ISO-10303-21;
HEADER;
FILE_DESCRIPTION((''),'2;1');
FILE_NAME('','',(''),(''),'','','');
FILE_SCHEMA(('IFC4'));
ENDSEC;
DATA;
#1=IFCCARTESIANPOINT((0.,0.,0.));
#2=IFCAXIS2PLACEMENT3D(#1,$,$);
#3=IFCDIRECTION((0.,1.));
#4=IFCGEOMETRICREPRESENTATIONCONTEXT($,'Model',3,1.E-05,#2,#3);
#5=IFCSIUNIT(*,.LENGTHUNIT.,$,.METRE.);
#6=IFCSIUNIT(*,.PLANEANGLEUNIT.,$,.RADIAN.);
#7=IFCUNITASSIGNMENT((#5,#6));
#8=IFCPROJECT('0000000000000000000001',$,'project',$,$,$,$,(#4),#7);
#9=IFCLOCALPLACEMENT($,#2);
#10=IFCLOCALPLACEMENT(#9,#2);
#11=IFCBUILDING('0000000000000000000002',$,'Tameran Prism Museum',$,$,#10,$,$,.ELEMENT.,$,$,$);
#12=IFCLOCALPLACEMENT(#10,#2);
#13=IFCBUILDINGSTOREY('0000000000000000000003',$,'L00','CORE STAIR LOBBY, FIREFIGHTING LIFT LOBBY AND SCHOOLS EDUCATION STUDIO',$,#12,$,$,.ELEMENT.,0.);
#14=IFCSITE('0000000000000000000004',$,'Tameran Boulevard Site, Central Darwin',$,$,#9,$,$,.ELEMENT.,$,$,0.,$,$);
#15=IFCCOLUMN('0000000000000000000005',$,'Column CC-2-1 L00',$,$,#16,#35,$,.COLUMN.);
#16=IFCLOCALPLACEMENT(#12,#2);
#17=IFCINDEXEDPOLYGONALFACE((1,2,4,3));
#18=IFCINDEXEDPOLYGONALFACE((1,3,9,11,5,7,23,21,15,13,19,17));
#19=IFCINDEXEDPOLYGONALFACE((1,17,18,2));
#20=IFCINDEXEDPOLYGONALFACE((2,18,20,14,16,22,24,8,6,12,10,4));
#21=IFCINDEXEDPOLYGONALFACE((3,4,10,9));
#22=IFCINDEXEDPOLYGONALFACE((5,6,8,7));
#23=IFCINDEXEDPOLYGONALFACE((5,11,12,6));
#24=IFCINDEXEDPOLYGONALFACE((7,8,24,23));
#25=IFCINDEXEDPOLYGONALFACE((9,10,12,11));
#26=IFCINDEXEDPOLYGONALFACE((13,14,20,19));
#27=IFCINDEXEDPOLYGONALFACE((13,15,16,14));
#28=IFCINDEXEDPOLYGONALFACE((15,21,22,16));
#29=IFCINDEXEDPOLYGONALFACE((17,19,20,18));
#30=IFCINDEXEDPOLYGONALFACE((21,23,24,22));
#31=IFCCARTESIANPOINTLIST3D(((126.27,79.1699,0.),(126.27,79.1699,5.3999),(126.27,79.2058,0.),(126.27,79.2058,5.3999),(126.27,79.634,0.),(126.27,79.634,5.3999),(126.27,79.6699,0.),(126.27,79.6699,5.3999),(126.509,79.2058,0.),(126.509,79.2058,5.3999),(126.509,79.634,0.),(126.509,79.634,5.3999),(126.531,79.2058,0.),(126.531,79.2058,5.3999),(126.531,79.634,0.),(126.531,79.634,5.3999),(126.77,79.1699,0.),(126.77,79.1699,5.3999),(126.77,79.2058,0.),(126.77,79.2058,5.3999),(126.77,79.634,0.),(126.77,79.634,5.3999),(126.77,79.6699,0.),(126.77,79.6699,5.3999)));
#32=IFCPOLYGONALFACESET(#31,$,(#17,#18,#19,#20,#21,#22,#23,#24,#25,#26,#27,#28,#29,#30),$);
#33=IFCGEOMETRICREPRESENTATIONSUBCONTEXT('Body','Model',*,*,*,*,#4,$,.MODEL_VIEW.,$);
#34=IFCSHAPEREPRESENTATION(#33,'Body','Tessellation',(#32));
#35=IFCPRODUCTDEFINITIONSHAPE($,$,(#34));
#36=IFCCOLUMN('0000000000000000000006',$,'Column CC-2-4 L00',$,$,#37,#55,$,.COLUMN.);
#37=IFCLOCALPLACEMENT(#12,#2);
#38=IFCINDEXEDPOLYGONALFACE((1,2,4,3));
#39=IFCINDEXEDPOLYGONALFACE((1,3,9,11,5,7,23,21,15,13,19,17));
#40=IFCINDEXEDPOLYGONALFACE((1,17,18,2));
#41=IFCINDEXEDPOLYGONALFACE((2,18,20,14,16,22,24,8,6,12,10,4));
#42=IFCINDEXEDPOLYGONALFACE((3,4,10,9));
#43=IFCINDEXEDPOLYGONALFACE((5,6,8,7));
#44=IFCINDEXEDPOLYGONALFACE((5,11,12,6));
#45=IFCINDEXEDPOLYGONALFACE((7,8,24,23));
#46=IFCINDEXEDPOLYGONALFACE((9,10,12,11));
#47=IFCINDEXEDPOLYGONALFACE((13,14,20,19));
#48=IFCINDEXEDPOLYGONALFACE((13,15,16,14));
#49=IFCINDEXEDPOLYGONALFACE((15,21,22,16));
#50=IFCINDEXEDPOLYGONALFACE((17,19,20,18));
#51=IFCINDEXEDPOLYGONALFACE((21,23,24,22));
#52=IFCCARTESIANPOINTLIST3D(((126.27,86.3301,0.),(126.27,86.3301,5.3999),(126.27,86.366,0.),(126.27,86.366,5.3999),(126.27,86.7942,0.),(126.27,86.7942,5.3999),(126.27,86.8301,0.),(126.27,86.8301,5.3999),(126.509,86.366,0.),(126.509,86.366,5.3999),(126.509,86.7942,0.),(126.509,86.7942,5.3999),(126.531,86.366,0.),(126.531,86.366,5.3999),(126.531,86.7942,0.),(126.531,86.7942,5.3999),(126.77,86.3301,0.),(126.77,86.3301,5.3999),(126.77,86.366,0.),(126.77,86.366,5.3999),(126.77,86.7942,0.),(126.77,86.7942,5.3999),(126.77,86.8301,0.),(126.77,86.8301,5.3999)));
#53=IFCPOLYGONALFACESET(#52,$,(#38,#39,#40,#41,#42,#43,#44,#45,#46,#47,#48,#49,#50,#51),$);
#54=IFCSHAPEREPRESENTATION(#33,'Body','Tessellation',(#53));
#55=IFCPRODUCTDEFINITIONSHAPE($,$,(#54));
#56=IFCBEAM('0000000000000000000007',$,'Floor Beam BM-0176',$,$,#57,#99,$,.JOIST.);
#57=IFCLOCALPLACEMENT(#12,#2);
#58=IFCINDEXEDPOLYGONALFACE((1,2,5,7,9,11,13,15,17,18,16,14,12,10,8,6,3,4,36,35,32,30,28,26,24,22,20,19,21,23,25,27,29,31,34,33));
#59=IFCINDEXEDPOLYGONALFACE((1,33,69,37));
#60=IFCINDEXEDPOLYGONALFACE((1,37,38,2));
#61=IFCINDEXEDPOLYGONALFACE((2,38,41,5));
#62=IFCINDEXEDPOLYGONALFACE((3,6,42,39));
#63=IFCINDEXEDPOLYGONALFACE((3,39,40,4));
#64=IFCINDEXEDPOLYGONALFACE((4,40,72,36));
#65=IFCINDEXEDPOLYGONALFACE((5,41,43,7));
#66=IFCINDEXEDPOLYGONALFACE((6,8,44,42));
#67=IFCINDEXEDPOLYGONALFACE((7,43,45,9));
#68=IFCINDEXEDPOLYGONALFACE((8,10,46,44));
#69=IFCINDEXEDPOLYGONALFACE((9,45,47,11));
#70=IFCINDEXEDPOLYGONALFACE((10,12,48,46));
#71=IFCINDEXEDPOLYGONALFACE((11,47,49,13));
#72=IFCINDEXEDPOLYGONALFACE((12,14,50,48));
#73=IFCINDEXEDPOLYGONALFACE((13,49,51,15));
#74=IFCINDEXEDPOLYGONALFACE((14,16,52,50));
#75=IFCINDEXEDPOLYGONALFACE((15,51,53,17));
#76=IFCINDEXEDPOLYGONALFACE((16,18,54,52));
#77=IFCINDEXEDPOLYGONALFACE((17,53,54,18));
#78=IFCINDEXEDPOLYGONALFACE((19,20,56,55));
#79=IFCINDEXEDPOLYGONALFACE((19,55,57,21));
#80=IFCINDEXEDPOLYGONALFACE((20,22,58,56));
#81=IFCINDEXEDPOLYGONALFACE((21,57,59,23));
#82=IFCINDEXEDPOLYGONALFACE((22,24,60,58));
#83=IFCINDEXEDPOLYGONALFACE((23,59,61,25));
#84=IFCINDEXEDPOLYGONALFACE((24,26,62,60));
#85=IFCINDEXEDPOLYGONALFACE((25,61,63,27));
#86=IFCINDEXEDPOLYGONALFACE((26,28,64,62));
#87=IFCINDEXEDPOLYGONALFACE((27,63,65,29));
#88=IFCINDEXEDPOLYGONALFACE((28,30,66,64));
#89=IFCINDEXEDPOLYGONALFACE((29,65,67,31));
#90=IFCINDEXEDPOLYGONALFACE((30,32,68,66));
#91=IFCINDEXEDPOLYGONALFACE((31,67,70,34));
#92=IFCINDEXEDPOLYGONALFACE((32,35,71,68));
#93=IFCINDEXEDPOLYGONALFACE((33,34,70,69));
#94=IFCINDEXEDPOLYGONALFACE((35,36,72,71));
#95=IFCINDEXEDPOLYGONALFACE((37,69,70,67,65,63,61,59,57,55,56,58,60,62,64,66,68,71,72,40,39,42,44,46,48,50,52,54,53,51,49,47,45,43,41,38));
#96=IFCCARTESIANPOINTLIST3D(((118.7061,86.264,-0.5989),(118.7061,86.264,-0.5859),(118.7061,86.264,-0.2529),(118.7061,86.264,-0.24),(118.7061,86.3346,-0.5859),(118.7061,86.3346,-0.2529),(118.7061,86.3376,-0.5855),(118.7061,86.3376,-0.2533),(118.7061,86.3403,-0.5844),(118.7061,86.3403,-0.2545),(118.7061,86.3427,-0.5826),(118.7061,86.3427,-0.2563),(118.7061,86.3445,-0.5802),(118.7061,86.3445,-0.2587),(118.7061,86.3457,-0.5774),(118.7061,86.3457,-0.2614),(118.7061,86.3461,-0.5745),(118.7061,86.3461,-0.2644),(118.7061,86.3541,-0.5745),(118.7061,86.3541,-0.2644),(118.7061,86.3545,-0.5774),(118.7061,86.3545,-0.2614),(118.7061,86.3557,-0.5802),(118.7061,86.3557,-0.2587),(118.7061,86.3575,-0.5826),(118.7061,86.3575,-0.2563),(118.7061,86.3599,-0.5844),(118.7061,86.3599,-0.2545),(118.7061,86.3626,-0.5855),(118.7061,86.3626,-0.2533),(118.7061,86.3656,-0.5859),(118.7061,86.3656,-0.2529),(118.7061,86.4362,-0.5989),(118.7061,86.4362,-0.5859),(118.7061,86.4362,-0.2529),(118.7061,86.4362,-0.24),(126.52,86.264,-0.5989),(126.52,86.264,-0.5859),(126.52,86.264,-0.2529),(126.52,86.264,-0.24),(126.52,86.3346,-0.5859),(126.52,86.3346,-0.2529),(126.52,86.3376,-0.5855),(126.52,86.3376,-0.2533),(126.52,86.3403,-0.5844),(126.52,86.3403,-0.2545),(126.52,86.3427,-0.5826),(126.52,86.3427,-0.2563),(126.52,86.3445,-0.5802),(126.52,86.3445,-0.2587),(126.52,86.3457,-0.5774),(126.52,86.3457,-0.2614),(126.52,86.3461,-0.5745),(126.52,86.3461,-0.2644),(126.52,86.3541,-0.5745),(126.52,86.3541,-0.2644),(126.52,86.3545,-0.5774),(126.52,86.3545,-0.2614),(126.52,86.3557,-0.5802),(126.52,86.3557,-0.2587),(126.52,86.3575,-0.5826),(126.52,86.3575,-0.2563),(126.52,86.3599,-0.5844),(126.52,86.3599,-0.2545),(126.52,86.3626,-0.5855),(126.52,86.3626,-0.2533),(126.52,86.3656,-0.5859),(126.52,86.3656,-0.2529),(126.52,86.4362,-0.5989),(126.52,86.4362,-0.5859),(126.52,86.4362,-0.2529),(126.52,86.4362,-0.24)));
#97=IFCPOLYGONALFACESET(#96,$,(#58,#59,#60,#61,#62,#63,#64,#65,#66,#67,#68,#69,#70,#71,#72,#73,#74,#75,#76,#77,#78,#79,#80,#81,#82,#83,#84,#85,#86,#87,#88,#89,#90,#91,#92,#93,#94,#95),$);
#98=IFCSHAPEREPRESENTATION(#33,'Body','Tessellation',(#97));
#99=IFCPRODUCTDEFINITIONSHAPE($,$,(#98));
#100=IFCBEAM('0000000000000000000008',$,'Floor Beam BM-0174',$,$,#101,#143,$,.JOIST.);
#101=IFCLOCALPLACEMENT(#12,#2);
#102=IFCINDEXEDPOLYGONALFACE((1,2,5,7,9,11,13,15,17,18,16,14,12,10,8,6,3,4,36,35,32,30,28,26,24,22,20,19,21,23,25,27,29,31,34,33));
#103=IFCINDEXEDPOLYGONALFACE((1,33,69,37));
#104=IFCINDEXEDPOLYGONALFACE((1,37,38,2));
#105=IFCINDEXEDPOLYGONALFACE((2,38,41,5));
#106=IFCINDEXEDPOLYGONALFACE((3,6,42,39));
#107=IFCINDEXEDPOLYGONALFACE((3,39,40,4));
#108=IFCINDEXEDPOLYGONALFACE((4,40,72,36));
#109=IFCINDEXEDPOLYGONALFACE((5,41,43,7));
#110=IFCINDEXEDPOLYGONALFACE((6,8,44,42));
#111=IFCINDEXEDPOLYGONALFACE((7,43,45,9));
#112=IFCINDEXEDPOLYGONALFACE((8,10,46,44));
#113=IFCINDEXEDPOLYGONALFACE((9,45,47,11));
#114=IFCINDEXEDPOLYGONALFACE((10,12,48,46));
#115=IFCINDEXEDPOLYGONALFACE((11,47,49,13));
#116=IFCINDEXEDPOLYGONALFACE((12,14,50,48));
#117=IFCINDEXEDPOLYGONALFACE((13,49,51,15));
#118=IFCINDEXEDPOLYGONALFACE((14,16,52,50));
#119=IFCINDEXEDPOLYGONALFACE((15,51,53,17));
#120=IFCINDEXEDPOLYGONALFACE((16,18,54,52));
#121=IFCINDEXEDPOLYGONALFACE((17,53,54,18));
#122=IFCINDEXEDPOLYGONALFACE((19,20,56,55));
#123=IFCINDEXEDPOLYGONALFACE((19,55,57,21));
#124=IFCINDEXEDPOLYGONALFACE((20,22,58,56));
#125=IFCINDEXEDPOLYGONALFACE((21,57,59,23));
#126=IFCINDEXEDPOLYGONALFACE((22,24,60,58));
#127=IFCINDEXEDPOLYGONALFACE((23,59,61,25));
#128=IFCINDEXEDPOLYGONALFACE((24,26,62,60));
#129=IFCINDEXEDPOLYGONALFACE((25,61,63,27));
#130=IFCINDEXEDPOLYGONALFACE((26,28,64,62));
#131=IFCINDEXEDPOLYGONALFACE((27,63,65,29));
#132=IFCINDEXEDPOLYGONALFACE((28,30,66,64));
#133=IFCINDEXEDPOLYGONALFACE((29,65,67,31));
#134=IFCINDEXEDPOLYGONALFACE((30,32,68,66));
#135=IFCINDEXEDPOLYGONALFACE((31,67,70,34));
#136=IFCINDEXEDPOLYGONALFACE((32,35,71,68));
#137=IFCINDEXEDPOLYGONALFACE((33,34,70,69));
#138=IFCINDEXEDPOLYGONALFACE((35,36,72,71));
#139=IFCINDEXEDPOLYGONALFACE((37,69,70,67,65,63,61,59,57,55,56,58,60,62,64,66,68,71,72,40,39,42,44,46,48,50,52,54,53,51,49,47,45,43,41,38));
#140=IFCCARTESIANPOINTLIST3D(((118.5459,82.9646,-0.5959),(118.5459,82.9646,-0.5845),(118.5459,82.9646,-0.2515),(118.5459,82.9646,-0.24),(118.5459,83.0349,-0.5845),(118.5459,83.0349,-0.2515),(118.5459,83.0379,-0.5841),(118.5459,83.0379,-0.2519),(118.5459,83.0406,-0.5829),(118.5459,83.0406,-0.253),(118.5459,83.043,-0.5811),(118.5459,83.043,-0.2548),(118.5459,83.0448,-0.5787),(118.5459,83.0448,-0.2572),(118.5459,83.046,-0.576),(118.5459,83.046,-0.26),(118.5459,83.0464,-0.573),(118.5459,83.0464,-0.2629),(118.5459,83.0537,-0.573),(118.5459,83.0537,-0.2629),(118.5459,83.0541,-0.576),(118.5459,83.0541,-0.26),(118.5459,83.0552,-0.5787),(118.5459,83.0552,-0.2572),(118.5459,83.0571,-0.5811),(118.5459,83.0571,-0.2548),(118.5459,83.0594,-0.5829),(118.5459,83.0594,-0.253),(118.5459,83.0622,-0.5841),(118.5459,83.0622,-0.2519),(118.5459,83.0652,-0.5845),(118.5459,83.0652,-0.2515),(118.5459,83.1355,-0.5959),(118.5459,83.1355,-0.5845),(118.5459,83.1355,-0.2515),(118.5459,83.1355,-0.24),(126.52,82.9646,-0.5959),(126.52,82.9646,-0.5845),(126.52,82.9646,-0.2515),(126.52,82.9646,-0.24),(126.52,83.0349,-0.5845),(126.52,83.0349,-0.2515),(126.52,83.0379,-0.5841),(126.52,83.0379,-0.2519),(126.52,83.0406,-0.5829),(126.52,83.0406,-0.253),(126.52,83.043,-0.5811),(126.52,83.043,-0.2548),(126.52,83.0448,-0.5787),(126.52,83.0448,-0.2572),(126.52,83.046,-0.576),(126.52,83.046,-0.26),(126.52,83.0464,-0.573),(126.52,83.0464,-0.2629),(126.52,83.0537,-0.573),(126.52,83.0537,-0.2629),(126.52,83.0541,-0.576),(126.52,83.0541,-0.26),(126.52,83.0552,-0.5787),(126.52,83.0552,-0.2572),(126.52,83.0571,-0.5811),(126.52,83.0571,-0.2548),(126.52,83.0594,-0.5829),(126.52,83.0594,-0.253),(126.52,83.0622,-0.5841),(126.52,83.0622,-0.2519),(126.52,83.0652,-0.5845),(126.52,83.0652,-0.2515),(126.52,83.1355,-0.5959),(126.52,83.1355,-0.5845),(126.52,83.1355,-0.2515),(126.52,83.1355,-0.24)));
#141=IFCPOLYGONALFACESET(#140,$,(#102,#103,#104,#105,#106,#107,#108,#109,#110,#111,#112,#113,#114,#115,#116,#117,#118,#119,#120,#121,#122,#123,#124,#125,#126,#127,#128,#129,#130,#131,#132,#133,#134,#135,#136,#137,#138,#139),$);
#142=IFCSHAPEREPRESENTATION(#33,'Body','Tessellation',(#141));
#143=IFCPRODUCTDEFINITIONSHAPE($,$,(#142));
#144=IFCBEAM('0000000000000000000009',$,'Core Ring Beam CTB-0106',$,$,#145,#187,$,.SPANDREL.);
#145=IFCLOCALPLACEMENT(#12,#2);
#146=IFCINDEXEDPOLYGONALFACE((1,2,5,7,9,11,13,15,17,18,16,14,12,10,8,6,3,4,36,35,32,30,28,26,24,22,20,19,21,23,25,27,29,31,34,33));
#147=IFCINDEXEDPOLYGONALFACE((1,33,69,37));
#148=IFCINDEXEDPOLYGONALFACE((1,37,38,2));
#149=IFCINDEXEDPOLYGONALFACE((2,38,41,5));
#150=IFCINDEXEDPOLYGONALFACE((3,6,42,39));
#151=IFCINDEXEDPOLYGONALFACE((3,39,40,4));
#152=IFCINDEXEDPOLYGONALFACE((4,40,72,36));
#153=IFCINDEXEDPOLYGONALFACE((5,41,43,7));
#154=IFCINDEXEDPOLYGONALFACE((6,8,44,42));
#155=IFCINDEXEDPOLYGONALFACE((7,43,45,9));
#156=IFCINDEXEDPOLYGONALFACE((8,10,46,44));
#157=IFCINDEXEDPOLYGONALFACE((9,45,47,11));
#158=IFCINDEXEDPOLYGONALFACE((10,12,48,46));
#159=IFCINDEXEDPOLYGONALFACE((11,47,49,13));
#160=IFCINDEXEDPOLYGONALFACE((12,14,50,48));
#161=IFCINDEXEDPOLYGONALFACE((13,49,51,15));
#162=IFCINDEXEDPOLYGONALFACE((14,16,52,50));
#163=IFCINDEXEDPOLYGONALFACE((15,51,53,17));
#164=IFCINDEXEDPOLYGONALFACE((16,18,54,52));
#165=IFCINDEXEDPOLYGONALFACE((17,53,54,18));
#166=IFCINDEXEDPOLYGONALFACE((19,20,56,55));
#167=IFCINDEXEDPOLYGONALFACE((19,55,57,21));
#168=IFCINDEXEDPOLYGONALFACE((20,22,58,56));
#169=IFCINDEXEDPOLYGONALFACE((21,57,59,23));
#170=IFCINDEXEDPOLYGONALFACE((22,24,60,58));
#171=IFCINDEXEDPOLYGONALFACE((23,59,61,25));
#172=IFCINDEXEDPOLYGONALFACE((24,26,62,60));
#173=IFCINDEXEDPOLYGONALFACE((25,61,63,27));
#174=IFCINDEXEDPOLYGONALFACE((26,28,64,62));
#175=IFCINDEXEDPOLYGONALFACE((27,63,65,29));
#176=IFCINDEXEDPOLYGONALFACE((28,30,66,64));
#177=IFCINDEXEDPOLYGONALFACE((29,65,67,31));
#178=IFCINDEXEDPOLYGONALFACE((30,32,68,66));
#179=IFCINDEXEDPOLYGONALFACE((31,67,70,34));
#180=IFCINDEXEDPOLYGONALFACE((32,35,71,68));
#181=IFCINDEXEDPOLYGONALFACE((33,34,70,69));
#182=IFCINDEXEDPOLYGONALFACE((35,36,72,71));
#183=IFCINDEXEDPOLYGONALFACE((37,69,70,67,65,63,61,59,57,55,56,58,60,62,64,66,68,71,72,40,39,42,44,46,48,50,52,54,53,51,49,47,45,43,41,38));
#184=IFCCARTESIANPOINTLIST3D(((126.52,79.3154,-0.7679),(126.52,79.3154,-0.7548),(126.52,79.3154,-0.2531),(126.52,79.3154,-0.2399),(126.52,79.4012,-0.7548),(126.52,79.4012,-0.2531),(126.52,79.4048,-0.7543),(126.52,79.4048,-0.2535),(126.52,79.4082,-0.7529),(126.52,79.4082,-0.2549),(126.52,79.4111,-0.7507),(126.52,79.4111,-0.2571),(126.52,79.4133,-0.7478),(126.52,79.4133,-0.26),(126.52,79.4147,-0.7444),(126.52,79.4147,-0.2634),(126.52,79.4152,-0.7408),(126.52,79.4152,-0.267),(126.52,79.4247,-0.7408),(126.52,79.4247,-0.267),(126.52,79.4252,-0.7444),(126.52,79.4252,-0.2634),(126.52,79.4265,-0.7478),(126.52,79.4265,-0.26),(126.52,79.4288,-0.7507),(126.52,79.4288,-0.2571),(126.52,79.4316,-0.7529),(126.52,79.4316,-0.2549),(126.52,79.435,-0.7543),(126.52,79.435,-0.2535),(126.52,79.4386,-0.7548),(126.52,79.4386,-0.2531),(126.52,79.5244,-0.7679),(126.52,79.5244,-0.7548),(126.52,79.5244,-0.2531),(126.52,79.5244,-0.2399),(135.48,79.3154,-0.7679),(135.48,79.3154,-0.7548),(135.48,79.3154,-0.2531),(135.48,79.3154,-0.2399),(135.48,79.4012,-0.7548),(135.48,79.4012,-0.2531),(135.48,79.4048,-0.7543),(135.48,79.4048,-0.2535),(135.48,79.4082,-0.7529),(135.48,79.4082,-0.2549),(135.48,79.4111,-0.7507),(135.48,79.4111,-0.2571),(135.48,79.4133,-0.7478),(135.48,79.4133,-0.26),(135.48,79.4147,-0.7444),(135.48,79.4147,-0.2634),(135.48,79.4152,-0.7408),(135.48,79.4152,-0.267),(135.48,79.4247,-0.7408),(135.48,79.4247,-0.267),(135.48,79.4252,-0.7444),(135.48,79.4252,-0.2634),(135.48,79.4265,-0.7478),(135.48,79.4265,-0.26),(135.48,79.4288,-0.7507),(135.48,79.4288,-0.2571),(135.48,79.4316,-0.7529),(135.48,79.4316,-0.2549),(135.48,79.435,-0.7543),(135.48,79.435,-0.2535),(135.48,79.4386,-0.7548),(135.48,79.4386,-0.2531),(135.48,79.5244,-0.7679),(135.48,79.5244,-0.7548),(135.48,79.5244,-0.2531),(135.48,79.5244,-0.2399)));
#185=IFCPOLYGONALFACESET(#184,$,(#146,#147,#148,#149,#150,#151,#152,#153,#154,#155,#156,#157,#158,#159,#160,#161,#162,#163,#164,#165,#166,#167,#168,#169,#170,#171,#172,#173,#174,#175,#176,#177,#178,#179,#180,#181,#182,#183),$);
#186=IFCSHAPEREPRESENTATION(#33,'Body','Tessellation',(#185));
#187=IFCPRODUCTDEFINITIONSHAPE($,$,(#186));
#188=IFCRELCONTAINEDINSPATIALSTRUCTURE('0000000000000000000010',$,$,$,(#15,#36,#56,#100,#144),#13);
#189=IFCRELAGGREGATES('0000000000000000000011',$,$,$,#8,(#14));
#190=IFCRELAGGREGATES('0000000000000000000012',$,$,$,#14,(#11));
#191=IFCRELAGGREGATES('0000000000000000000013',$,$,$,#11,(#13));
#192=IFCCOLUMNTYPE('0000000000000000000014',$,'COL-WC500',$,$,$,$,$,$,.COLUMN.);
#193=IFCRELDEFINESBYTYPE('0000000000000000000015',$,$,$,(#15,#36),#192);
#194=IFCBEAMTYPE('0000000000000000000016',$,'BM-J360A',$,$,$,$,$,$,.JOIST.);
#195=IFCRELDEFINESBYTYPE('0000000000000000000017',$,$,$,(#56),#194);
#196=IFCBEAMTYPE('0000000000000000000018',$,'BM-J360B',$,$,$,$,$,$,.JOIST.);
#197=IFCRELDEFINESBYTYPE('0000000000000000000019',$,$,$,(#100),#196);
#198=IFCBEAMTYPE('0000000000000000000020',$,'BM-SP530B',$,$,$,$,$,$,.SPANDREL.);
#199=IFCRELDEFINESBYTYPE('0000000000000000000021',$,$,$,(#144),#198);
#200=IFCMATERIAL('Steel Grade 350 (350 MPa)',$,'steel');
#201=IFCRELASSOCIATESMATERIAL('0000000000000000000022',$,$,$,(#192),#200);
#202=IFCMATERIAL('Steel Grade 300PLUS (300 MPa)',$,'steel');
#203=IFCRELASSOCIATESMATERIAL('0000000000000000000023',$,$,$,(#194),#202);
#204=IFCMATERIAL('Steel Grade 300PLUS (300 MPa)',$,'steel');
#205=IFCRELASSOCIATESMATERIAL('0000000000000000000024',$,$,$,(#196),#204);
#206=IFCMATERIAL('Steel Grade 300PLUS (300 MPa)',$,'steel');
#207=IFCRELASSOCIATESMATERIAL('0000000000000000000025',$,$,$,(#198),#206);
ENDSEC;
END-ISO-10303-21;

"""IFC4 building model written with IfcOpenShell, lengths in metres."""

from ifc_helpers import new_model, si_unit, direction, frame, origin, origin_2d, place, context, subcontext, project, spatial, i_section, extrude, material, material_profile, profile_set, type_object, element, save


model = new_model("IFC4")

# Units and contexts
model_context = context("Model", 3, precision=1e-05, world=origin(), true_north=direction((0.0, 1.0)))
body_context = subcontext(model_context, "Body", "Model", "MODEL_VIEW")
ifc_project = project(units=[si_unit("LENGTHUNIT", "METRE"), si_unit("PLANEANGLEUNIT", "RADIAN")], contexts=[model_context])

# Site, building, storey
site_placement = place(None, origin())
site = spatial("IfcSite", under=ifc_project, at=site_placement, Name="Tameran Boulevard Site, Central Darwin", CompositionType="ELEMENT", RefElevation=0.0)
building_placement = place(site_placement, origin())
building = spatial("IfcBuilding", under=site, at=building_placement, Name="Tameran Prism Museum", CompositionType="ELEMENT")
storey_placement = place(building_placement, origin())
storey = spatial("IfcBuildingStorey", under=building, at=storey_placement, Name="L00", Description="CORE STAIR LOBBY, FIREFIGHTING LIFT LOBBY AND SCHOOLS EDUCATION STUDIO", CompositionType="ELEMENT", Elevation=0.0)

# Columns
ifc_material_1 = material(Name="Steel Grade 350 (350 MPa)", Category="steel")
ifc_material_profile_1 = material_profile(ifc_material_1, i_section(OverallWidth=0.5, OverallDepth=0.5, WebThickness=0.022, FlangeThickness=0.0359, at=origin_2d()))
ifc_profile_set_1 = profile_set([ifc_material_profile_1])
column_type = type_object("IfcColumnType", Name="COL-WC500", PredefinedType="COLUMN", material=ifc_profile_set_1)
for number, where, z_axis, x_axis, name in (
    (1, (126.52, 79.4199, 0.0), (0.0, 0.0, 1.0), (1.0, 0.0, 0.0), "Column CC-2-1 L00"),
    (2, (126.52, 86.5801, 0.0), (0.0, 0.0, 1.0), (1.0, 0.0, 0.0), "Column CC-2-4 L00"),
):
    element("IfcColumn", number, at=place(storey_placement, frame(where, z_axis=z_axis, x_axis=x_axis)), inside=storey, type_object=column_type, Name=name, PredefinedType="COLUMN", context=body_context, shape_type="SweptSolid", body=[
        extrude(i_section(OverallWidth=0.5, OverallDepth=0.5, WebThickness=0.022, FlangeThickness=0.0359, at=origin_2d()), origin(), (0.0, 0.0, 1.0), 5.3999),
    ])

# Beams
ifc_material_2 = material(Name="Steel Grade 300PLUS (300 MPa)", Category="steel")
ifc_material_profile_2 = material_profile(ifc_material_2, i_section(OverallWidth=0.1721, OverallDepth=0.3589, WebThickness=0.0081, FlangeThickness=0.0129, FilletRadius=0.0115, at=origin_2d()))
ifc_profile_set_2 = profile_set([ifc_material_profile_2])
beam_type_1 = type_object("IfcBeamType", Name="BM-J360A", PredefinedType="JOIST", material=ifc_profile_set_2)
beam_1_placement = place(storey_placement, frame((118.7061, 86.3501, -0.4194), z_axis=(1.0, 0.0, 0.0), x_axis=(0.0, 1.0, 0.0)))
element("IfcBeam", 3, at=beam_1_placement, inside=storey, type_object=beam_type_1, Name="Floor Beam BM-0176", PredefinedType="JOIST", context=body_context, shape_type="SweptSolid", body=[
    extrude(i_section(OverallWidth=0.1721, OverallDepth=0.3589, WebThickness=0.0081, FlangeThickness=0.0129, FilletRadius=0.0115, at=origin_2d()), origin(), (0.0, 0.0, 1.0), 7.814),
])
ifc_material_3 = material(Name="Steel Grade 300PLUS (300 MPa)", Category="steel")
ifc_material_profile_3 = material_profile(ifc_material_3, i_section(OverallWidth=0.1709, OverallDepth=0.356, WebThickness=0.0073, FlangeThickness=0.0115, FilletRadius=0.0115, at=origin_2d()))
ifc_profile_set_3 = profile_set([ifc_material_profile_3])
beam_type_2 = type_object("IfcBeamType", Name="BM-J360B", PredefinedType="JOIST", material=ifc_profile_set_3)
beam_2_placement = place(storey_placement, frame((118.5459, 83.05, -0.418), z_axis=(1.0, 0.0, 0.0), x_axis=(0.0, 1.0, 0.0)))
element("IfcBeam", 4, at=beam_2_placement, inside=storey, type_object=beam_type_2, Name="Floor Beam BM-0174", PredefinedType="JOIST", context=body_context, shape_type="SweptSolid", body=[
    extrude(i_section(OverallWidth=0.1709, OverallDepth=0.356, WebThickness=0.0073, FlangeThickness=0.0115, FilletRadius=0.0115, at=origin_2d()), origin(), (0.0, 0.0, 1.0), 7.9741),
])
ifc_material_4 = material(Name="Steel Grade 300PLUS (300 MPa)", Category="steel")
ifc_material_profile_4 = material_profile(ifc_material_4, i_section(OverallWidth=0.209, OverallDepth=0.5281, WebThickness=0.0095, FlangeThickness=0.0132, FilletRadius=0.0139, at=origin_2d()))
ifc_profile_set_4 = profile_set([ifc_material_profile_4])
beam_type_3 = type_object("IfcBeamType", Name="BM-SP530B", PredefinedType="SPANDREL", material=ifc_profile_set_4)
beam_3_placement = place(storey_placement, frame((126.52, 79.4199, -0.5039), z_axis=(1.0, 0.0, 0.0), x_axis=(0.0, 1.0, 0.0)))
element("IfcBeam", 5, at=beam_3_placement, inside=storey, type_object=beam_type_3, Name="Core Ring Beam CTB-0106", PredefinedType="SPANDREL", context=body_context, shape_type="SweptSolid", body=[
    extrude(i_section(OverallWidth=0.209, OverallDepth=0.5281, WebThickness=0.0095, FlangeThickness=0.0132, FilletRadius=0.0139, at=origin_2d()), origin(), (0.0, 0.0, 1.0), 8.96),
])

save(model, "model.ifc")
